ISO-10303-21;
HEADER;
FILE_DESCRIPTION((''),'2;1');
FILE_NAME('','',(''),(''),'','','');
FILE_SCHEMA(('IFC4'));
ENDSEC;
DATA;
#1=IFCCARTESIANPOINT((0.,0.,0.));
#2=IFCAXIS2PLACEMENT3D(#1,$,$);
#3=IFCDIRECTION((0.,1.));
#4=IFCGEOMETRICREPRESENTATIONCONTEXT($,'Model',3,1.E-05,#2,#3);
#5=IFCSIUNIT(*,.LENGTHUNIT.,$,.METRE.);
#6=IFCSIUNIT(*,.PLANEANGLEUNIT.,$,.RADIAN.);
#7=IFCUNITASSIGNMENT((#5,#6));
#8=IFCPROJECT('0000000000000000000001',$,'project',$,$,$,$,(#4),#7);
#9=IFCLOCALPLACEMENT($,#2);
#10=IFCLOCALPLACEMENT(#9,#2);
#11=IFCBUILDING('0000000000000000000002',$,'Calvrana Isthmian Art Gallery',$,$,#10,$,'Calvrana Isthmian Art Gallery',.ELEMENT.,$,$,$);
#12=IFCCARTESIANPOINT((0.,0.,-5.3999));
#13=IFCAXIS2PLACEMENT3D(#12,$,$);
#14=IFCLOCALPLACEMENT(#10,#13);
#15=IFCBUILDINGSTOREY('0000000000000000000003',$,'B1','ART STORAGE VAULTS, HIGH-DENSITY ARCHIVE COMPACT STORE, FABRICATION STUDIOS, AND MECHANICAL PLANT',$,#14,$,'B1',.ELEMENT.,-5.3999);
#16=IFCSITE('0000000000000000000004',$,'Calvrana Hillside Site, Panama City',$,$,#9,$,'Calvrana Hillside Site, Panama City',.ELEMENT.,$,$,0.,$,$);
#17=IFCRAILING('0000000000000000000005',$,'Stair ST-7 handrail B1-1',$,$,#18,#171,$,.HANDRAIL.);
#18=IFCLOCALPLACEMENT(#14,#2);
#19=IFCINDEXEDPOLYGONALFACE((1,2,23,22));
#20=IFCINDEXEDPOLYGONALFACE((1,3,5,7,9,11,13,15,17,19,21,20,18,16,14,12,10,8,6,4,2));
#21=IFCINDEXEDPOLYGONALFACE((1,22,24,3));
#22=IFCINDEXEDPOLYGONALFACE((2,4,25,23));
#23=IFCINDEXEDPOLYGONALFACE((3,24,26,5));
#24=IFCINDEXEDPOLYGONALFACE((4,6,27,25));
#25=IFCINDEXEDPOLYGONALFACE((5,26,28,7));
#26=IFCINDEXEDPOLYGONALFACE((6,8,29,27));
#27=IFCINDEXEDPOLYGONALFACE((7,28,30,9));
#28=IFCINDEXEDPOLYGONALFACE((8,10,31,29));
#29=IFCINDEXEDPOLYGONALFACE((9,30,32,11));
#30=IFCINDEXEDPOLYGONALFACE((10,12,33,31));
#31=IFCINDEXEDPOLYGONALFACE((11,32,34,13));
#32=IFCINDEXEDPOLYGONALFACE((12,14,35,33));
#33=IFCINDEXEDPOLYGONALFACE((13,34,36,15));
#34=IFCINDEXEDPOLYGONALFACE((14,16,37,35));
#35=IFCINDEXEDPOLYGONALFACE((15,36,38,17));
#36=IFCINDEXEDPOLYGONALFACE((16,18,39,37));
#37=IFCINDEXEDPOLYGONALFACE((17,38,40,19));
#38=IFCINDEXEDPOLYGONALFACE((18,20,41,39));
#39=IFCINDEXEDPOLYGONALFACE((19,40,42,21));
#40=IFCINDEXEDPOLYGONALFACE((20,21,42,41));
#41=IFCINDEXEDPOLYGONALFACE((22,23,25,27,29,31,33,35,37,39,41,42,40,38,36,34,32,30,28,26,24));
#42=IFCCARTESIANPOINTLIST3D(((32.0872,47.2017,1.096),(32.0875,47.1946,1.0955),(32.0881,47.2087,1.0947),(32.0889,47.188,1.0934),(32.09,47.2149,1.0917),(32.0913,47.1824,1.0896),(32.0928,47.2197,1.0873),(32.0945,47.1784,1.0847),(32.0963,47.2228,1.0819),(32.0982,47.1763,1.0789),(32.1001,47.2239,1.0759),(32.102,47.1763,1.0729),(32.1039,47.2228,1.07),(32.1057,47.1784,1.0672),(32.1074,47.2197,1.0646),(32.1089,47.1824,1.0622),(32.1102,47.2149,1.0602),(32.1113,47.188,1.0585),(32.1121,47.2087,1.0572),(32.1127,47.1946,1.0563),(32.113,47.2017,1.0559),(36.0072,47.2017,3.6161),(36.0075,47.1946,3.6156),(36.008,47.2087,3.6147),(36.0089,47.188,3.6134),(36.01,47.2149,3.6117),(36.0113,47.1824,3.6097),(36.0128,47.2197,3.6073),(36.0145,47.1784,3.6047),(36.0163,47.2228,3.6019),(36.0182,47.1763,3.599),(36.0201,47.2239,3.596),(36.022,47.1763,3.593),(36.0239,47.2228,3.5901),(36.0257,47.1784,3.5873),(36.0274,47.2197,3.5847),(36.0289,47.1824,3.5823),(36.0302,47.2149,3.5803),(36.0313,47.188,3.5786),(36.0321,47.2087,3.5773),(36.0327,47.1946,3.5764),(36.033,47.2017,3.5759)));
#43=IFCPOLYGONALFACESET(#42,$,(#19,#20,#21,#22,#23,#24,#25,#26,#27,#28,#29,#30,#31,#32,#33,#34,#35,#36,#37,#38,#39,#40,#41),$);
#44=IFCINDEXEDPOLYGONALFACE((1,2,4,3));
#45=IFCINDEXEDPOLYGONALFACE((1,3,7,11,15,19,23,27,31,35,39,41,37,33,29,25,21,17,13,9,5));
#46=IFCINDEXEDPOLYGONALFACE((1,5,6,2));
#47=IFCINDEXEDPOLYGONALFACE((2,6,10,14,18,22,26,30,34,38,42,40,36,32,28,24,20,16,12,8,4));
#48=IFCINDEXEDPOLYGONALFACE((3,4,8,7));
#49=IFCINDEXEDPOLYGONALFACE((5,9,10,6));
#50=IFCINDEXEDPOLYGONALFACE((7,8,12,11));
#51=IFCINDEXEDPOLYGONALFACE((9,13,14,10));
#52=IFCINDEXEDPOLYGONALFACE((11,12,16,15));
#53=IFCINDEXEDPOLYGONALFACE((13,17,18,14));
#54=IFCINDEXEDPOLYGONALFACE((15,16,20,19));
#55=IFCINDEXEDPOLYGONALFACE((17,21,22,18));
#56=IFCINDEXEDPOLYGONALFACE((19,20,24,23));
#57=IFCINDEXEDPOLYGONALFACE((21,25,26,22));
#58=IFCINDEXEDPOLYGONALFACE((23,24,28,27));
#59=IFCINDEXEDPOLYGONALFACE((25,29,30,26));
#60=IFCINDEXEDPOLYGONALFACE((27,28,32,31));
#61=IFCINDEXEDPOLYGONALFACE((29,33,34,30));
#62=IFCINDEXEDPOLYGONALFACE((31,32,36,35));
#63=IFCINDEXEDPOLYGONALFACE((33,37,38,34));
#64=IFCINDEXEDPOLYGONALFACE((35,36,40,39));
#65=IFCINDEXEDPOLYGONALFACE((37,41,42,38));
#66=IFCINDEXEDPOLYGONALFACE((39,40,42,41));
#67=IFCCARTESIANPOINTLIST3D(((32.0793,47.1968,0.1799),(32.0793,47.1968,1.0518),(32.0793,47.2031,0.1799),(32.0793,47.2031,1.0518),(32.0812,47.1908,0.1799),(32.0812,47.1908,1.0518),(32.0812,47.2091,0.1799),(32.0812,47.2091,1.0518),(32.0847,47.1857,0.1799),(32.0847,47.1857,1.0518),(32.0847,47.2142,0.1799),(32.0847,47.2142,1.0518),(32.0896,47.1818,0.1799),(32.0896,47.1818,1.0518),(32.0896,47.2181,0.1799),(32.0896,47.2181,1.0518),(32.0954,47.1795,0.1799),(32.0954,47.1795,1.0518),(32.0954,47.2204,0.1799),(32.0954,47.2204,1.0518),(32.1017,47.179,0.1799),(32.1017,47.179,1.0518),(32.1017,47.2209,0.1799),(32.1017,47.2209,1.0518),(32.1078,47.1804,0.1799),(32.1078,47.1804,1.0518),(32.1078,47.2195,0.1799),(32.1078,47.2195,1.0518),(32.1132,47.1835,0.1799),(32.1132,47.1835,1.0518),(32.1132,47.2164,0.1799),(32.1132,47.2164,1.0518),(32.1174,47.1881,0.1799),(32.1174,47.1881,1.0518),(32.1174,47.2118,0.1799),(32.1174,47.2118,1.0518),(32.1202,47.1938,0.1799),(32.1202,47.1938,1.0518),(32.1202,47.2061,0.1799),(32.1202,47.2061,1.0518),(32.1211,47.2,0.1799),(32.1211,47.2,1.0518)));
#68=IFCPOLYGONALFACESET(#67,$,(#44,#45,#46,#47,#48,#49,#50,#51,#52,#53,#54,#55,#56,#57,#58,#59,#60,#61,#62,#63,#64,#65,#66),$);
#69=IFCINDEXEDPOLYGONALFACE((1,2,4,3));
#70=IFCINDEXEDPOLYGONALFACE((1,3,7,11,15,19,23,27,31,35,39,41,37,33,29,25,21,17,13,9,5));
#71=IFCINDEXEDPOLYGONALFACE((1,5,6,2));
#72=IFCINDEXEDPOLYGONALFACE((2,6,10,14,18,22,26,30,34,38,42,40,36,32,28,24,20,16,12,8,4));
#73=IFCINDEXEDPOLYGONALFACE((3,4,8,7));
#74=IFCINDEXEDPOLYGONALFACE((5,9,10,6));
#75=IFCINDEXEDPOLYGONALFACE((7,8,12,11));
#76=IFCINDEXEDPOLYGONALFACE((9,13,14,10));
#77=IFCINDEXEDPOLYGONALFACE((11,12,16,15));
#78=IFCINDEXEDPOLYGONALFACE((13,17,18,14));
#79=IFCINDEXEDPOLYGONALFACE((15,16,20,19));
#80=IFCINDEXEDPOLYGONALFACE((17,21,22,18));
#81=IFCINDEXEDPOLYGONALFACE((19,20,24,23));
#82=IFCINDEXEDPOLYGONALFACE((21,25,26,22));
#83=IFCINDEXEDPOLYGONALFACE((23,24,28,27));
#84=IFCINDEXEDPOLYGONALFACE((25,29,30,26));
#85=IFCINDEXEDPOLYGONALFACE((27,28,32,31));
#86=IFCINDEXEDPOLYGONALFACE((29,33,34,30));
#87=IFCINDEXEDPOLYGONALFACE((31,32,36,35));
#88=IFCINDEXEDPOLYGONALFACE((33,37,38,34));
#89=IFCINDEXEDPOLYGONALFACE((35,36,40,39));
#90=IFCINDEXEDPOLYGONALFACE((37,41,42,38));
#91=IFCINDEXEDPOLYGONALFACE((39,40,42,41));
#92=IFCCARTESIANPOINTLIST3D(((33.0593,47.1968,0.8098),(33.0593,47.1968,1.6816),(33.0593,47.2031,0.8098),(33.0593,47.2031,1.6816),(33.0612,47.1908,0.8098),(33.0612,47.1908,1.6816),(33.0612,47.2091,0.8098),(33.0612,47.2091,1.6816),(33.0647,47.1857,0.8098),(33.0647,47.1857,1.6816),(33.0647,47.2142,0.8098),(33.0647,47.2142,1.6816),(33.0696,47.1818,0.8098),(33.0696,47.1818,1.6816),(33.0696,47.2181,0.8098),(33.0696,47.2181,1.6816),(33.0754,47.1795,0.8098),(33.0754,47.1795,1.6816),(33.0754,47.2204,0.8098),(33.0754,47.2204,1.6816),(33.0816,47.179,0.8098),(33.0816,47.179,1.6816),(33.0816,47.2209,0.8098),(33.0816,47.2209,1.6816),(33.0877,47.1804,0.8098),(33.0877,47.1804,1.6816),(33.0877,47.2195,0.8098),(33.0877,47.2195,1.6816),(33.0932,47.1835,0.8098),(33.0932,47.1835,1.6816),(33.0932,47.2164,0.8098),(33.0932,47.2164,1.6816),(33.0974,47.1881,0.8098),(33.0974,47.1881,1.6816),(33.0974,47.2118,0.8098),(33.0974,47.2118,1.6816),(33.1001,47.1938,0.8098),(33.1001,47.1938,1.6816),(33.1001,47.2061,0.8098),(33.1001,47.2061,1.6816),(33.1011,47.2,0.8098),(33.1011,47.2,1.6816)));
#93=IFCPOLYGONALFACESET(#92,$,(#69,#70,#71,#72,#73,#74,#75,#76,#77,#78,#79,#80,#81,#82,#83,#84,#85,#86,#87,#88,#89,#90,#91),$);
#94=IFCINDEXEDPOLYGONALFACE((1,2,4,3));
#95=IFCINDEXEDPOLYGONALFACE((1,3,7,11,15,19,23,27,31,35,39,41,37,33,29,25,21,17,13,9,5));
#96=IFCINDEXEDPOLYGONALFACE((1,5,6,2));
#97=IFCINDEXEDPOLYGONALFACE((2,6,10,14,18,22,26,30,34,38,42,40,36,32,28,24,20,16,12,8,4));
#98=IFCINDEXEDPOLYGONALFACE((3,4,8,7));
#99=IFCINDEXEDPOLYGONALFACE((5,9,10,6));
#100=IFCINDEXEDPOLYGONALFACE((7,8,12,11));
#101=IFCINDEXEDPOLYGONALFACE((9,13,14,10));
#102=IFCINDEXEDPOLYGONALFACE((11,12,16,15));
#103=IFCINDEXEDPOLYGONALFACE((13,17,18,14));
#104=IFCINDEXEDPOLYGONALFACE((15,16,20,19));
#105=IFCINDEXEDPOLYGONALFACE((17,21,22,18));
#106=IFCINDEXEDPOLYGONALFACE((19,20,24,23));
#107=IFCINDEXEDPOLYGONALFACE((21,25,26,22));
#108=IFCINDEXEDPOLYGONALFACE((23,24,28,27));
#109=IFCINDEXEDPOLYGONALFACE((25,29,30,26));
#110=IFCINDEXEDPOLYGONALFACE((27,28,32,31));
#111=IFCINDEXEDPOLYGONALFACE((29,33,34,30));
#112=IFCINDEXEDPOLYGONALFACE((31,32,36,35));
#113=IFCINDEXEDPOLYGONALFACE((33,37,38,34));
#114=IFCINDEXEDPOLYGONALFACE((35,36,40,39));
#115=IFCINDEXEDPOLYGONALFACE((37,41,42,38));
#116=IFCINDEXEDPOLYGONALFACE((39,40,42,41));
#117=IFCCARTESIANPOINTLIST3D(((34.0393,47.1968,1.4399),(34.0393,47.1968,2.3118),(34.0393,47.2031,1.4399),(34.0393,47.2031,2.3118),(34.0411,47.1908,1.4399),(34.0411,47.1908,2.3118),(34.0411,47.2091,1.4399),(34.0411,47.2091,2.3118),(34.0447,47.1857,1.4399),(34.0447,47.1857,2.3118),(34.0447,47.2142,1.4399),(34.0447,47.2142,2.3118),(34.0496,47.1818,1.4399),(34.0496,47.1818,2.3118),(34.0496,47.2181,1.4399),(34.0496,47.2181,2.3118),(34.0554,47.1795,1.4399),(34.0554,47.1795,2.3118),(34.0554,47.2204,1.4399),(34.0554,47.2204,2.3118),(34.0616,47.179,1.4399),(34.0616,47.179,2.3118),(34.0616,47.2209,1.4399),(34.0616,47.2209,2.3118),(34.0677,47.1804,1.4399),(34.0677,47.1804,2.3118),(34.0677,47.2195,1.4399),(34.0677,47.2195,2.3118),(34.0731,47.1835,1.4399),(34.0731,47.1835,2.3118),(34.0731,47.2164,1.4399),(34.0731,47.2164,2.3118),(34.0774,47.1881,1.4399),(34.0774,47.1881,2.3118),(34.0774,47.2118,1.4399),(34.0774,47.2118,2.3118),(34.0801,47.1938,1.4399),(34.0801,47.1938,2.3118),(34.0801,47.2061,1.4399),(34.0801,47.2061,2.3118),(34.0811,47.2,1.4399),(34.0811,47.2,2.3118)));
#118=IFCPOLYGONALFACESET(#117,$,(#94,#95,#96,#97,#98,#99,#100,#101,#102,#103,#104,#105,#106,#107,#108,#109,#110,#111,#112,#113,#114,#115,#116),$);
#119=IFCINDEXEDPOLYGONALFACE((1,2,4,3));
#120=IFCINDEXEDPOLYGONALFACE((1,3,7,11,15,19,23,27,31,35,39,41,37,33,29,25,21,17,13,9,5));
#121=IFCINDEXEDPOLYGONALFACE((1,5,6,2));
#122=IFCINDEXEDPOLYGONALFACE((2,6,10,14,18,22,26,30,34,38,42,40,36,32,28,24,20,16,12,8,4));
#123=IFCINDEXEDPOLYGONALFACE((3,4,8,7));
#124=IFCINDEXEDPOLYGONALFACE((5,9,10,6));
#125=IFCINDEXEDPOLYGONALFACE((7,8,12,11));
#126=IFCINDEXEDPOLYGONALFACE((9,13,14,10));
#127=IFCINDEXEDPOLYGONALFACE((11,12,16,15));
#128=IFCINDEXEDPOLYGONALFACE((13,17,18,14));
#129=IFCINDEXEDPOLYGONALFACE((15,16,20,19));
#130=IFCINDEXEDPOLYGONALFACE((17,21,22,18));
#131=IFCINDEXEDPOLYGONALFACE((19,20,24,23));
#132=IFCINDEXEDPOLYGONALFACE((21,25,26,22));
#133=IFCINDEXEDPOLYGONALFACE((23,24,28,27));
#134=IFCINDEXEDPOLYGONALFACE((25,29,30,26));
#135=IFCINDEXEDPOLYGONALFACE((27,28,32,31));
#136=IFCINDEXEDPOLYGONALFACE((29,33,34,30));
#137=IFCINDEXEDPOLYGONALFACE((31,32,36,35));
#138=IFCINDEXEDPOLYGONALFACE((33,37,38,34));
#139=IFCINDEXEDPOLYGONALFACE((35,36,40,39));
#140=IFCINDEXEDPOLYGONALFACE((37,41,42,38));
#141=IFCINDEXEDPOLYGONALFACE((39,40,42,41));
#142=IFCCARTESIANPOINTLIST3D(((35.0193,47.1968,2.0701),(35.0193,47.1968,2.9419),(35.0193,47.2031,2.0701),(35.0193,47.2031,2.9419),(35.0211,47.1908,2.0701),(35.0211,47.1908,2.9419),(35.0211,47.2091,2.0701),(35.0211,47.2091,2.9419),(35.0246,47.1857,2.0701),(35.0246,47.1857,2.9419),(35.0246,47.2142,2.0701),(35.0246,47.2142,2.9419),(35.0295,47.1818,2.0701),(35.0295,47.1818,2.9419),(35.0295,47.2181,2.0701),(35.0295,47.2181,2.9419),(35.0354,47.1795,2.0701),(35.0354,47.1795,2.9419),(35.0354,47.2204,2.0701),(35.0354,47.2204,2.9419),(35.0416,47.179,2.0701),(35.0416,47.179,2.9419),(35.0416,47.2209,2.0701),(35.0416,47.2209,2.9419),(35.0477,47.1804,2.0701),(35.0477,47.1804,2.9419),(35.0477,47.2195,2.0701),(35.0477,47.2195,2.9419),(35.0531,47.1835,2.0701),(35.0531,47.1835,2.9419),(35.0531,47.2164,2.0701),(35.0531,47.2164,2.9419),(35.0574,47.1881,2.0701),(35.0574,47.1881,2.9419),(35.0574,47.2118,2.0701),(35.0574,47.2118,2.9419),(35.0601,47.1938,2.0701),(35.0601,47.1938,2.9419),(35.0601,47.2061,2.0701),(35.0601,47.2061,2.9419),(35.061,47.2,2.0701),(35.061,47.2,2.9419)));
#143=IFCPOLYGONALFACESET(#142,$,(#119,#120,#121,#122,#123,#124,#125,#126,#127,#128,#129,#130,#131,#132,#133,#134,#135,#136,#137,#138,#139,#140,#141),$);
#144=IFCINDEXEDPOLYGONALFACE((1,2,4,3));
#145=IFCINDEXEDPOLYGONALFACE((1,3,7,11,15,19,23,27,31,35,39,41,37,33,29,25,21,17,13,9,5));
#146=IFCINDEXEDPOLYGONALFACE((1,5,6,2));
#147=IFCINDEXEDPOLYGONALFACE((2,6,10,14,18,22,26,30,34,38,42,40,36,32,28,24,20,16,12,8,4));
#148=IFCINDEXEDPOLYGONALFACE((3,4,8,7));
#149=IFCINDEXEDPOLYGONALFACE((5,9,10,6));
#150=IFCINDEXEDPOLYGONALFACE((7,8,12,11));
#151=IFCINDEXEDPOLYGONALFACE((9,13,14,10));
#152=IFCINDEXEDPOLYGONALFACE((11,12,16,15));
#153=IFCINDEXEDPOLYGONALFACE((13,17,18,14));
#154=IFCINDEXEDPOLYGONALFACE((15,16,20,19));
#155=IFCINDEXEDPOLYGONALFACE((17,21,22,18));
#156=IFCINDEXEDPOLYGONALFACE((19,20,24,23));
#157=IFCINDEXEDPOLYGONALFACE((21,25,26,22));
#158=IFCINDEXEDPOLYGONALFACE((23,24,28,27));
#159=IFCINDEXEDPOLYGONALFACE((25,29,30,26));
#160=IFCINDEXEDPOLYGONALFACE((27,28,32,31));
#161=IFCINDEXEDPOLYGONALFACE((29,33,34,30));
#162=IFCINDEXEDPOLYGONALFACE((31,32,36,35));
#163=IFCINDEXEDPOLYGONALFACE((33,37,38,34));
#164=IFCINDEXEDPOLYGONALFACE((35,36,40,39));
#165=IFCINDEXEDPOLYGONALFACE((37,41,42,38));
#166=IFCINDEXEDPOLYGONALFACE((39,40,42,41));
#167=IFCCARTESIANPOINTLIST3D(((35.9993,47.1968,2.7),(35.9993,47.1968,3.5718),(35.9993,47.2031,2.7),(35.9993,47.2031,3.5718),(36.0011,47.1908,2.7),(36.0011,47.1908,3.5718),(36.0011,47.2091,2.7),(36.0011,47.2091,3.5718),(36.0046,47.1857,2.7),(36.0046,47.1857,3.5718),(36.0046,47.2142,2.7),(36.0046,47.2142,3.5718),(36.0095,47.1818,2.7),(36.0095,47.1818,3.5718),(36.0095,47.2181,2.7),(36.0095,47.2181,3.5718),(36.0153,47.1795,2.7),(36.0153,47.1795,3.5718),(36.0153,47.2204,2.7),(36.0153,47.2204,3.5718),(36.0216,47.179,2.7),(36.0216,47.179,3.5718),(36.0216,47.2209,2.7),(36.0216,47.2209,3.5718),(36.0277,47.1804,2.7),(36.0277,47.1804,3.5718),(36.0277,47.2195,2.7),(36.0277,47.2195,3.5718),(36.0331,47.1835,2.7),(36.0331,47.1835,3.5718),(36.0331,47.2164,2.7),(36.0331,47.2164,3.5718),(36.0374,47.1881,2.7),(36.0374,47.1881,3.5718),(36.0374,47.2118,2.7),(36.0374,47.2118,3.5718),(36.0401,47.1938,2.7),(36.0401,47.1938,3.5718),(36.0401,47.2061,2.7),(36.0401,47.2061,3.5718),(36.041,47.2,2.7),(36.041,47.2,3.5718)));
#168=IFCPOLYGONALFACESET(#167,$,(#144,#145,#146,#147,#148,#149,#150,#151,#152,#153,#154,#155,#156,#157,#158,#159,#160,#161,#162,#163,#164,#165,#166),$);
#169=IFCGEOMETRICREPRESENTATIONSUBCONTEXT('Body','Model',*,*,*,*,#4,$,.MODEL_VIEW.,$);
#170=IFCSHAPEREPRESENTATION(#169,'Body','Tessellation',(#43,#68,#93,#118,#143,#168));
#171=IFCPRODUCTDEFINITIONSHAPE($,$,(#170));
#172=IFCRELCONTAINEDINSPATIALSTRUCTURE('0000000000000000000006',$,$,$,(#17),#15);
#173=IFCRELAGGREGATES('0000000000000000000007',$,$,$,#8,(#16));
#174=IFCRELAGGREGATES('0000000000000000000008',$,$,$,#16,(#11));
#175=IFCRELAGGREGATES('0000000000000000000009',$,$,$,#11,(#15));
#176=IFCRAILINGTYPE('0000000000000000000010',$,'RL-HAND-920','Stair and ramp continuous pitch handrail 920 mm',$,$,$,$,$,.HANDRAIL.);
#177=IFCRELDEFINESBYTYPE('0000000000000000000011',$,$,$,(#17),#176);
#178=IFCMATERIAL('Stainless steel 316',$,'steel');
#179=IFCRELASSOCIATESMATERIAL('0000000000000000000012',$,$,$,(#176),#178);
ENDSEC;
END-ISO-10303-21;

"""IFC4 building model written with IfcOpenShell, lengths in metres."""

from ifc_helpers import new_model, si_unit, direction, frame, origin, origin_2d, place, context, subcontext, project, spatial, circle, extrude, material, type_object, element, save


model = new_model("IFC4")

# Units and contexts
model_context = context("Model", 3, precision=1e-05, world=origin(), true_north=direction((0.0, 1.0)))
body_context = subcontext(model_context, "Body", "Model", "MODEL_VIEW")
ifc_project = project(units=[si_unit("LENGTHUNIT", "METRE"), si_unit("PLANEANGLEUNIT", "RADIAN")], contexts=[model_context])

# Site, building, storey
site_placement = place(None, origin())
site = spatial("IfcSite", under=ifc_project, at=site_placement, Name="Calvrana Hillside Site, Panama City", LongName="Calvrana Hillside Site, Panama City", CompositionType="ELEMENT", RefElevation=0.0)
building_placement = place(site_placement, origin())
building = spatial("IfcBuilding", under=site, at=building_placement, Name="Calvrana Isthmian Art Gallery", LongName="Calvrana Isthmian Art Gallery", CompositionType="ELEMENT")
storey_placement = place(building_placement, frame((0.0, 0.0, -5.3999)))
storey = spatial("IfcBuildingStorey", under=building, at=storey_placement, Name="B1", Description="ART STORAGE VAULTS, HIGH-DENSITY ARCHIVE COMPACT STORE, FABRICATION STUDIOS, AND MECHANICAL PLANT", LongName="B1", CompositionType="ELEMENT", Elevation=-5.3999)

# Railing
ifc_material_1 = material(Name="Stainless steel 316", Category="steel")
railing_type_1 = type_object("IfcRailingType", Name="RL-HAND-920", Description="Stair and ramp continuous pitch handrail 920 mm", PredefinedType="HANDRAIL", material=ifc_material_1)
railing_1_placement = place(storey_placement, frame((32.1001, 47.2, 0.1799)))
element("IfcRailing", 1, at=railing_1_placement, inside=storey, type_object=railing_type_1, Name="Stair ST-7 handrail B1-1", PredefinedType="HANDRAIL", context=body_context, shape_type="SweptSolid", body=[
    extrude(circle(Radius=0.0239, at=origin_2d()), frame((0.0, 0.0, 0.896), z_axis=(0.841172, 0.0, 0.540768), x_axis=(0.0, 1.0, 0.0)), (0.0, 0.0, 1.0), 4.6602),
    extrude(circle(Radius=0.021, at=origin_2d()), origin(), (0.0, 0.0, 1.0), 0.8718),
    extrude(circle(Radius=0.021, at=origin_2d()), frame((0.98, 0.0, 0.6299)), (0.0, 0.0, 1.0), 0.8718),
    extrude(circle(Radius=0.021, at=origin_2d()), frame((1.96, 0.0, 1.26)), (0.0, 0.0, 1.0), 0.8718),
    extrude(circle(Radius=0.021, at=origin_2d()), frame((2.9399, 0.0, 1.8901)), (0.0, 0.0, 1.0), 0.8718),
    extrude(circle(Radius=0.021, at=origin_2d()), frame((3.9199, 0.0, 2.52)), (0.0, 0.0, 1.0), 0.8718),
])

save(model, "model.ifc")
